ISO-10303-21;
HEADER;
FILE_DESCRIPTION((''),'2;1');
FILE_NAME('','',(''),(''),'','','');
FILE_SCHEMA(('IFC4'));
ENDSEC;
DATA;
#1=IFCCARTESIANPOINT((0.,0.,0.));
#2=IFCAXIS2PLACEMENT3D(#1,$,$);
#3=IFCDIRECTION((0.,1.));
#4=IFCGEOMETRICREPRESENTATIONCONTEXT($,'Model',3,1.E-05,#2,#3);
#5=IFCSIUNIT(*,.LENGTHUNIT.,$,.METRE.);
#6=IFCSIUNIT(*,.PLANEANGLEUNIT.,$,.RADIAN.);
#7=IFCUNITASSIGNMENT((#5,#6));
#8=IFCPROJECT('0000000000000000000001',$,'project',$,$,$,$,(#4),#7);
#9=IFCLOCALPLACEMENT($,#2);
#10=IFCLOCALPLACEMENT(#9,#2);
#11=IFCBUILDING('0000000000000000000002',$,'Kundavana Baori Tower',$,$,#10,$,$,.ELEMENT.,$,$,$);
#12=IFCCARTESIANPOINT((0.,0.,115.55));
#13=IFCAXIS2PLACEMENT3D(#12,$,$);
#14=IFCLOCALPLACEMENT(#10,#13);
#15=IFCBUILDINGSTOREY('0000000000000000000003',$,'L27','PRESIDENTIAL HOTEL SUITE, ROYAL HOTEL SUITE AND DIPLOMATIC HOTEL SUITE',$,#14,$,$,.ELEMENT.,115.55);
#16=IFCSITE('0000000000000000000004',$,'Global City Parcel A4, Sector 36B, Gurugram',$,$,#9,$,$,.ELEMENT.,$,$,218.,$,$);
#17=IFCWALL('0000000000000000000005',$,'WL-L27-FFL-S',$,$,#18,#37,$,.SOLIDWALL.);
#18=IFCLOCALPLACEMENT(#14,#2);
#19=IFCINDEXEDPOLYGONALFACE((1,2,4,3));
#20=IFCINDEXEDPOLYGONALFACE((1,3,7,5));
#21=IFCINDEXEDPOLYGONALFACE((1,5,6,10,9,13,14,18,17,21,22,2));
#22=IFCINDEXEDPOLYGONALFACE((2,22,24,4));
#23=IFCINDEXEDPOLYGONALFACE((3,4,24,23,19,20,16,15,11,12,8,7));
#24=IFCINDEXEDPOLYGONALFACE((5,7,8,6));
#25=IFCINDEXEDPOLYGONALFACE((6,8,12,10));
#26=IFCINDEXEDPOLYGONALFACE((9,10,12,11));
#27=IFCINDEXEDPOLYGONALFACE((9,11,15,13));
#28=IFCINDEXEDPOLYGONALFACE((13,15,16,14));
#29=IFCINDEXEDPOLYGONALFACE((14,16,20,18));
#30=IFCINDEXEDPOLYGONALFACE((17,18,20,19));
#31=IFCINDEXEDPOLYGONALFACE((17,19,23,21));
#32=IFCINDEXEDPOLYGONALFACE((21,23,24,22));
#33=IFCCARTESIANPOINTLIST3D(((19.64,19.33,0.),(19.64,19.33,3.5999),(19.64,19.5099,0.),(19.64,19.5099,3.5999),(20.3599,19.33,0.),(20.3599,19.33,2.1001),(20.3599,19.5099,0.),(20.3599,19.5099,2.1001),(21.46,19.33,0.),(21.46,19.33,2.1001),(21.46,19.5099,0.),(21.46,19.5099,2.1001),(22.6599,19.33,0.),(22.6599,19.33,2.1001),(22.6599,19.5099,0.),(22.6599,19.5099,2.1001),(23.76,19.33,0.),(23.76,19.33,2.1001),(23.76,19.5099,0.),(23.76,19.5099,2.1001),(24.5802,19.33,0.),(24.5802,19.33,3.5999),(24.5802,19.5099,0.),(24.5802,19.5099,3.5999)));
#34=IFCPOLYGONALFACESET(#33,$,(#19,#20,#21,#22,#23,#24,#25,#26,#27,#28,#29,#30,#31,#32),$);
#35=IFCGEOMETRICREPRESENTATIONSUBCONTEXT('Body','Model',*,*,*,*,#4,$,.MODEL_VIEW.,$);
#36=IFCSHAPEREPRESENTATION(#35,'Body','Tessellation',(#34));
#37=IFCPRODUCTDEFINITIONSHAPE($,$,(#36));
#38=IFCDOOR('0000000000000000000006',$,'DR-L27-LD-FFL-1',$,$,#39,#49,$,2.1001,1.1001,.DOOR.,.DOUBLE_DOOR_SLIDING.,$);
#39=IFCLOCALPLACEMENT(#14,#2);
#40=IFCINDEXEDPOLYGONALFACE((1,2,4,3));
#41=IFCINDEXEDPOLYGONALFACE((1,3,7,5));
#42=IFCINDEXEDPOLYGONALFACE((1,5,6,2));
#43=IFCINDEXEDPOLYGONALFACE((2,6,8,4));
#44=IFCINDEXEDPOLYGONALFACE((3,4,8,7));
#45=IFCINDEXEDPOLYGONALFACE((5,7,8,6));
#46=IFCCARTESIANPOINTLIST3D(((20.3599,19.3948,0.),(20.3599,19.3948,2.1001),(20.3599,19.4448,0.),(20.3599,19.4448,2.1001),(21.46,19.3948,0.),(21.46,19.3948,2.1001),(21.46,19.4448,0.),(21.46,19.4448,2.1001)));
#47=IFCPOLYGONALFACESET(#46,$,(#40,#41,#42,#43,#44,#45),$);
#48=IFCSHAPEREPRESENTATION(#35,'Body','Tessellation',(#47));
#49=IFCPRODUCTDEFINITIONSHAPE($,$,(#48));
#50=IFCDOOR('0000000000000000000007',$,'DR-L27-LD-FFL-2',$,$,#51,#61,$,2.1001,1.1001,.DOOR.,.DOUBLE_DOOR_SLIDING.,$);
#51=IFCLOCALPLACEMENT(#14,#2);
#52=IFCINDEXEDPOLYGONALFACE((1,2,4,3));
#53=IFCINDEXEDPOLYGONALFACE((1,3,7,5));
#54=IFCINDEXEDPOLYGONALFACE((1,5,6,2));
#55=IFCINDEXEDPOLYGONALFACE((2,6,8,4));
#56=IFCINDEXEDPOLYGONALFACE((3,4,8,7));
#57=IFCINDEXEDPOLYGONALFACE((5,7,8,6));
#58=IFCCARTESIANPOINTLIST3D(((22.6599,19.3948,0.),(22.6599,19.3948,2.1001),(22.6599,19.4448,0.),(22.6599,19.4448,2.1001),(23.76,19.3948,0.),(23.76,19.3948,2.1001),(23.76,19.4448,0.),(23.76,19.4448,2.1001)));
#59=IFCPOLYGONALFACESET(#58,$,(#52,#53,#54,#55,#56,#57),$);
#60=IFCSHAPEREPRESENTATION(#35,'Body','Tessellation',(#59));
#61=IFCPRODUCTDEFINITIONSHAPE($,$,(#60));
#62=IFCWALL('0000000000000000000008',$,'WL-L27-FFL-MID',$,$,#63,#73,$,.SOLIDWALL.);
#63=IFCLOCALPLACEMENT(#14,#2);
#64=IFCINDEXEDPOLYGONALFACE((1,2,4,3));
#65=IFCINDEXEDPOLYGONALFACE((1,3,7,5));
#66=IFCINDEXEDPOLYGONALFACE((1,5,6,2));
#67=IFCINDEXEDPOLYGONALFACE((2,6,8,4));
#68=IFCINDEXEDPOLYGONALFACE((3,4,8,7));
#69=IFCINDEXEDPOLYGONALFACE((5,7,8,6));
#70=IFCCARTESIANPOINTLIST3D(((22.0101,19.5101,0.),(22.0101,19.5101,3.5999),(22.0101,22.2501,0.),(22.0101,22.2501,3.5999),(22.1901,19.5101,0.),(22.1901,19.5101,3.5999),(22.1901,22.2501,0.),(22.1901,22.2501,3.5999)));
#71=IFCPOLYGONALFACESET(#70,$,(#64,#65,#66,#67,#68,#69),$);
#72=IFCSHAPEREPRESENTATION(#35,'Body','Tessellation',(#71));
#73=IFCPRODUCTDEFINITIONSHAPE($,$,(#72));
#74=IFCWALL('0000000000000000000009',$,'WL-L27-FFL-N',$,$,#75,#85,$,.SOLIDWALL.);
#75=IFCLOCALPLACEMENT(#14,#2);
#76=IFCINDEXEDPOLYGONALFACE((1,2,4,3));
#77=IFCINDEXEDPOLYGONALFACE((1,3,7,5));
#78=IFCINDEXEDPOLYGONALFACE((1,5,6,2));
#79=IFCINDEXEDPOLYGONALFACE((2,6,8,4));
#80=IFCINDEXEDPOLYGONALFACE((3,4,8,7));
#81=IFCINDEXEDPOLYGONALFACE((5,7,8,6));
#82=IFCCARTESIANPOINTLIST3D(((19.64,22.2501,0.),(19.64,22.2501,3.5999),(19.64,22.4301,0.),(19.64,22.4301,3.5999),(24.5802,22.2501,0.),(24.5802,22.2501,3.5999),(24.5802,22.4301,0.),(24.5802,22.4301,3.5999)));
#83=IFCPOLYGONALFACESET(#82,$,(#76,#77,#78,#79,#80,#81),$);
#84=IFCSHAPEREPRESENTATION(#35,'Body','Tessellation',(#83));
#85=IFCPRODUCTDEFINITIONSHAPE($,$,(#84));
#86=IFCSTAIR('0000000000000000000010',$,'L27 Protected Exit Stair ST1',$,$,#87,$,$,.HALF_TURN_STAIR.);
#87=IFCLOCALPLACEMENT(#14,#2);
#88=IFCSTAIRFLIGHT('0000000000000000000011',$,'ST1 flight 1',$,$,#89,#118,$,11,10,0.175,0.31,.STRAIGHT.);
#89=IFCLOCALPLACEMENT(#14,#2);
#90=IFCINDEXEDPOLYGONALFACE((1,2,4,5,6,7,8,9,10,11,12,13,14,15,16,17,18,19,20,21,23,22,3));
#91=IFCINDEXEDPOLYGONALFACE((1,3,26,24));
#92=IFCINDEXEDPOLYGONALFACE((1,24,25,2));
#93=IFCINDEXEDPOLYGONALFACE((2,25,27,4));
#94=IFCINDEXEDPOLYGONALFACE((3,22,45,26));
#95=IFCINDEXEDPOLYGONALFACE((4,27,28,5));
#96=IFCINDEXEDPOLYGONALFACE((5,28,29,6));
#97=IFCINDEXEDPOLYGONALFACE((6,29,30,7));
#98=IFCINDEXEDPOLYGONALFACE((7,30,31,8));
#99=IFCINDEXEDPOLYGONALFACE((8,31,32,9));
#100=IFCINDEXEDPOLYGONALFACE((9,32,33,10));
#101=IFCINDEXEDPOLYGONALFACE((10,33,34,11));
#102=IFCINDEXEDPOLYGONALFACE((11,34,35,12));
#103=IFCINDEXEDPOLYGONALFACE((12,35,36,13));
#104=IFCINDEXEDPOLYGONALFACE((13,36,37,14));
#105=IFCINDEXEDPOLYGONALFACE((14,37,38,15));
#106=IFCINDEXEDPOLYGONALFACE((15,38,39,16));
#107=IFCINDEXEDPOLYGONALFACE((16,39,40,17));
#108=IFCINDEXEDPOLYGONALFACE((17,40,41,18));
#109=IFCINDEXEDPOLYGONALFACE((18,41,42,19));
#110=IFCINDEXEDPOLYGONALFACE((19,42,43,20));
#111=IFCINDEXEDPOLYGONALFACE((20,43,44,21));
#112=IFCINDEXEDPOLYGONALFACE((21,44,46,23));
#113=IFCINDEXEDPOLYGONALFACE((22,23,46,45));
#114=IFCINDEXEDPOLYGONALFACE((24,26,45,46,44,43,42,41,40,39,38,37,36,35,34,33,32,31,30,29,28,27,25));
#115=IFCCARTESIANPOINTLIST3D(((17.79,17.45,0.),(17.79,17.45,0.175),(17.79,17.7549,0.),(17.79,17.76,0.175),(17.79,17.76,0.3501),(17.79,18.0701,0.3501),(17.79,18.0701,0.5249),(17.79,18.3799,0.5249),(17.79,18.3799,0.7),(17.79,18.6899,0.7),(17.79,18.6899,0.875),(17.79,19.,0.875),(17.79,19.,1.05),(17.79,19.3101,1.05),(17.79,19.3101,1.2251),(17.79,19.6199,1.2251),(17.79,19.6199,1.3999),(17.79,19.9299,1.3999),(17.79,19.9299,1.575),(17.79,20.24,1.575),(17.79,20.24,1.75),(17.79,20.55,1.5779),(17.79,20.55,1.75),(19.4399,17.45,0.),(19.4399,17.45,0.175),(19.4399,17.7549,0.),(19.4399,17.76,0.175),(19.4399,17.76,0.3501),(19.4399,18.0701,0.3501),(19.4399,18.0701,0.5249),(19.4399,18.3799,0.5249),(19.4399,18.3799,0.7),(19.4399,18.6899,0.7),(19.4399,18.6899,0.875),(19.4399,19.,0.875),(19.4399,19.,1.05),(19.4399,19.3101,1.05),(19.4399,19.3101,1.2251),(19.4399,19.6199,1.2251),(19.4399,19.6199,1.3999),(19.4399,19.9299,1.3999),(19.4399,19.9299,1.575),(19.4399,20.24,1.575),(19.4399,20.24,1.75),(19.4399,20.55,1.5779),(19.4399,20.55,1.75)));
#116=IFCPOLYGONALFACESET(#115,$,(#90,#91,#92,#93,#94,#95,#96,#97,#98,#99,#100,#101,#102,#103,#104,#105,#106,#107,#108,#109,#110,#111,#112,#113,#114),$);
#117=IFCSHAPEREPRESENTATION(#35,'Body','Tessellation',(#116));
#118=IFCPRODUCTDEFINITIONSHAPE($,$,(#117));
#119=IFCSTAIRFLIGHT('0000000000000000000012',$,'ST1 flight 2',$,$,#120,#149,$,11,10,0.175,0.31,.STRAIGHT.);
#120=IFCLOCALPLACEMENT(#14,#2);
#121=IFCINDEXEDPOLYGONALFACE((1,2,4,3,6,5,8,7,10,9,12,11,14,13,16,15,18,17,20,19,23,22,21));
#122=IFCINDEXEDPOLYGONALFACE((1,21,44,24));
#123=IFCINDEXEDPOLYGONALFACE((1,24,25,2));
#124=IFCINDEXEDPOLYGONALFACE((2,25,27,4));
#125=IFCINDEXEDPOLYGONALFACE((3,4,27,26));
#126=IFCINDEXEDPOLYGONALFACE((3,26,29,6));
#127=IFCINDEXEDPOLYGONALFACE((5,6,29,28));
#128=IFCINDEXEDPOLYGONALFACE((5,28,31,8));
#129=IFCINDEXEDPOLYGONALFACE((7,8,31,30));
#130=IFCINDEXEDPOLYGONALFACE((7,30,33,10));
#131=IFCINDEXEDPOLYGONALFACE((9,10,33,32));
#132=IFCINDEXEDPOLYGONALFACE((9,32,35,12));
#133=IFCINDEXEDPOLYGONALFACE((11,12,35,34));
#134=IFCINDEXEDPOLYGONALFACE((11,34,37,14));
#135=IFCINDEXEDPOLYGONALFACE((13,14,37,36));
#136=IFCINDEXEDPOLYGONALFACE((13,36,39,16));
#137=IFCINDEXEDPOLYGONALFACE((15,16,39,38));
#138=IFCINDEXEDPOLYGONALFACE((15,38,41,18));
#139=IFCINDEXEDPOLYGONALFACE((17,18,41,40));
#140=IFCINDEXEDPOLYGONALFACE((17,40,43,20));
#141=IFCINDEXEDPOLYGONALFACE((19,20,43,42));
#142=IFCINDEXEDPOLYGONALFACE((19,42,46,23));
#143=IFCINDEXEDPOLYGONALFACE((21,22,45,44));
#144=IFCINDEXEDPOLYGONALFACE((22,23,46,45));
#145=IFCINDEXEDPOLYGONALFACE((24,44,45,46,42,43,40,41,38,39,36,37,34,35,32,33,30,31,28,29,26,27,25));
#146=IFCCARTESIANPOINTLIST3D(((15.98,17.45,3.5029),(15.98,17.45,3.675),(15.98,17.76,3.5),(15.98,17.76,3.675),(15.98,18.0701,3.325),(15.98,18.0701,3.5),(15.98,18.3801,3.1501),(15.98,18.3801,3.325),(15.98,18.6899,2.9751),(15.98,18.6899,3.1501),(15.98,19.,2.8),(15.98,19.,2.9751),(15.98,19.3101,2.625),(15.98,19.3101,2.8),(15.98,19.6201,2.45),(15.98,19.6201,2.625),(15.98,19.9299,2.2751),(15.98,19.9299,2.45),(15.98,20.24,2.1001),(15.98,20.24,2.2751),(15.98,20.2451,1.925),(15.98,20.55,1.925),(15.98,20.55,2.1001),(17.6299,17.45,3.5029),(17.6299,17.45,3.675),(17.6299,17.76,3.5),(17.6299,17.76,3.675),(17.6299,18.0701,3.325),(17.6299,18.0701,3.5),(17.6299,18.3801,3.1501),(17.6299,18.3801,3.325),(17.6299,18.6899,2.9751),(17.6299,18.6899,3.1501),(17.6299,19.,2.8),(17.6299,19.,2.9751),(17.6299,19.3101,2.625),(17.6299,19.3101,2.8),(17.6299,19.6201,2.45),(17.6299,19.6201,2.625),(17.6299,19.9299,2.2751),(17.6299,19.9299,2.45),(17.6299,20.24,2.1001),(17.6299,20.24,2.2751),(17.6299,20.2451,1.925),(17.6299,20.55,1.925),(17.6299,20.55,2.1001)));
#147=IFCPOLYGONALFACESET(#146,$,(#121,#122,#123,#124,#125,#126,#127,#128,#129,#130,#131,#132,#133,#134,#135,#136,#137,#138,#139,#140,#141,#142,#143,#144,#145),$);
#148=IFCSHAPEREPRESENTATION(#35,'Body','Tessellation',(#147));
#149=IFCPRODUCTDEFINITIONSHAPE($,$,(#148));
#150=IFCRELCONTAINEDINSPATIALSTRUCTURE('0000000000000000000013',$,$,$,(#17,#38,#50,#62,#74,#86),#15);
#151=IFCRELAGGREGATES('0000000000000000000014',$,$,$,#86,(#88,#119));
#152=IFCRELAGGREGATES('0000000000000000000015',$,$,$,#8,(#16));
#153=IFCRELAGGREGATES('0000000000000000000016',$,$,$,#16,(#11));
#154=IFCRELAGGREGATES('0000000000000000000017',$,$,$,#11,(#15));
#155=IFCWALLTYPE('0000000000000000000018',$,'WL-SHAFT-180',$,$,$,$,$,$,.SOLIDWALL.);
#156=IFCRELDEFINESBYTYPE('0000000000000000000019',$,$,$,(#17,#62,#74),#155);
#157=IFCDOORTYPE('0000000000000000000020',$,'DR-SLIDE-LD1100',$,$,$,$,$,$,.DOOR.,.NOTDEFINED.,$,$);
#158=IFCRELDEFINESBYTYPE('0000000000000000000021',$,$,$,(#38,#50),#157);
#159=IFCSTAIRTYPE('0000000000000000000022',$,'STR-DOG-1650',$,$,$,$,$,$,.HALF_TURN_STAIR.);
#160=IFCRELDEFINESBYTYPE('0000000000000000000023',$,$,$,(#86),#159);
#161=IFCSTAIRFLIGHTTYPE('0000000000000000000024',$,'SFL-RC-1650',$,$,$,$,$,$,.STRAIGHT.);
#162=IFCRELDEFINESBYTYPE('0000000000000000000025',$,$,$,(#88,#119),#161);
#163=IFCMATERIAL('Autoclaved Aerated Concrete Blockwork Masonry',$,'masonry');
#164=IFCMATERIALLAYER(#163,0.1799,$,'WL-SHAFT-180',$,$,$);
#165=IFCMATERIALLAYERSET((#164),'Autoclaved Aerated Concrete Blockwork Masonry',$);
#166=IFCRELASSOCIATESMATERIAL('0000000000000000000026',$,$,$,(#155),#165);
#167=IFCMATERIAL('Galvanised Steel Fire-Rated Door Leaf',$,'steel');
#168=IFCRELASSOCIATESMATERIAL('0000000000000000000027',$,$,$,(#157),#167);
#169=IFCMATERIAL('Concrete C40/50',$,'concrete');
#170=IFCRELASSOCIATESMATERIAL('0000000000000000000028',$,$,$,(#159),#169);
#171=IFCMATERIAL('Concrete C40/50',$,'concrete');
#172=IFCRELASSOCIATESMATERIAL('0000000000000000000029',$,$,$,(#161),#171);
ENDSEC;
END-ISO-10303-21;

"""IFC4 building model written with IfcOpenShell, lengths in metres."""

from ifc_helpers import new_model, si_unit, direction, frame, frame_2d, origin, place, context, subcontext, project, spatial, polyline, rectangle, outline, extrude, material, layer, layer_set, type_object, element, fill, aggregate, save


model = new_model("IFC4")

# Units and contexts
model_context = context("Model", 3, precision=1e-05, world=origin(), true_north=direction((0.0, 1.0)))
body_context = subcontext(model_context, "Body", "Model", "MODEL_VIEW")
ifc_project = project(units=[si_unit("LENGTHUNIT", "METRE"), si_unit("PLANEANGLEUNIT", "RADIAN")], contexts=[model_context])

# Site, building, storey
site_placement = place(None, origin())
site = spatial("IfcSite", under=ifc_project, at=site_placement, Name="Global City Parcel A4, Sector 36B, Gurugram", CompositionType="ELEMENT", RefElevation=218.0)
building_placement = place(site_placement, origin())
building = spatial("IfcBuilding", under=site, at=building_placement, Name="Kundavana Baori Tower", CompositionType="ELEMENT")
storey_placement = place(building_placement, frame((0.0, 0.0, 115.55)))
storey = spatial("IfcBuildingStorey", under=building, at=storey_placement, Name="L27", Description="PRESIDENTIAL HOTEL SUITE, ROYAL HOTEL SUITE AND DIPLOMATIC HOTEL SUITE", CompositionType="ELEMENT", Elevation=115.55)

# Wall, openings, doors
ifc_material_1 = material(Name="Autoclaved Aerated Concrete Blockwork Masonry", Category="masonry")
ifc_layer_1 = layer(ifc_material_1, 0.1799, Name="WL-SHAFT-180")
ifc_layer_set_1 = layer_set([ifc_layer_1], Name="Autoclaved Aerated Concrete Blockwork Masonry")
wall_type_1 = type_object("IfcWallType", Name="WL-SHAFT-180", PredefinedType="SOLIDWALL", material=ifc_layer_set_1)
wall_1_placement = place(storey_placement, frame((19.6399, 19.4199, 0.0), z_axis=(0.0, 0.0, 1.0), x_axis=(1.0, 0.0, 0.0)))
wall_1 = element("IfcWall", 1, at=wall_1_placement, inside=storey, type_object=wall_type_1, Name="WL-L27-FFL-S", PredefinedType="SOLIDWALL", context=body_context, shape_type="SweptSolid", body=[
    extrude(rectangle(XDim=4.9402, YDim=0.1799, at=frame_2d((2.4702, 0.0))), origin(), (0.0, 0.0, 1.0), 3.5999),
])
opening_1_placement = place(wall_1_placement, frame((0.72, 0.0, 0.0)))
opening_1 = element("IfcOpeningElement", 2, at=opening_1_placement, cuts=wall_1, PredefinedType="OPENING", context=body_context, shape_type="SweptSolid", body=[
    extrude(rectangle(XDim=1.1001, YDim=2.1001, at=frame_2d((0.55, 1.05))), frame((0.0, 0.1001, 0.0), z_axis=(0.0, -1.0, 0.0), x_axis=(1.0, 0.0, 0.0)), (0.0, 0.0, 1.0), 0.2),
])
opening_2_placement = place(wall_1_placement, frame((3.02, 0.0, 0.0)))
opening_2 = element("IfcOpeningElement", 3, at=opening_2_placement, cuts=wall_1, PredefinedType="OPENING", context=body_context, shape_type="SweptSolid", body=[
    extrude(rectangle(XDim=1.1001, YDim=2.1001, at=frame_2d((0.55, 1.05))), frame((0.0, 0.1001, 0.0), z_axis=(0.0, -1.0, 0.0), x_axis=(1.0, 0.0, 0.0)), (0.0, 0.0, 1.0), 0.2),
])
ifc_material_2 = material(Name="Galvanised Steel Fire-Rated Door Leaf", Category="steel")
door_type = type_object("IfcDoorType", Name="DR-SLIDE-LD1100", OperationType="NOTDEFINED", PredefinedType="DOOR", material=ifc_material_2)
door_1_placement = place(opening_1_placement, origin())
door_1 = element("IfcDoor", 4, at=door_1_placement, inside=storey, type_object=door_type, Name="DR-L27-LD-FFL-1", OperationType="DOUBLE_DOOR_SLIDING", OverallHeight=2.1001, OverallWidth=1.1001, PredefinedType="DOOR", context=body_context, shape_type="SweptSolid", body=[
    extrude(rectangle(XDim=1.1001, YDim=2.1001, at=frame_2d((0.55, 1.05))), frame((0.0, 0.0249, 0.0), z_axis=(0.0, -1.0, 0.0), x_axis=(1.0, 0.0, 0.0)), (0.0, 0.0, 1.0), 0.05),
])
fill(opening_1, door_1)
door_2_placement = place(opening_2_placement, origin())
door_2 = element("IfcDoor", 5, at=door_2_placement, inside=storey, type_object=door_type, Name="DR-L27-LD-FFL-2", OperationType="DOUBLE_DOOR_SLIDING", OverallHeight=2.1001, OverallWidth=1.1001, PredefinedType="DOOR", context=body_context, shape_type="SweptSolid", body=[
    extrude(rectangle(XDim=1.1001, YDim=2.1001, at=frame_2d((0.55, 1.05))), frame((0.0, 0.0249, 0.0), z_axis=(0.0, -1.0, 0.0), x_axis=(1.0, 0.0, 0.0)), (0.0, 0.0, 1.0), 0.05),
])
fill(opening_2, door_2)

# Walls
wall_2_placement = place(storey_placement, frame((22.1001, 19.51, 0.0), z_axis=(0.0, 0.0, 1.0), x_axis=(0.0, 1.0, 0.0)))
element("IfcWall", 6, at=wall_2_placement, inside=storey, type_object=wall_type_1, Name="WL-L27-FFL-MID", PredefinedType="SOLIDWALL", context=body_context, shape_type="SweptSolid", body=[
    extrude(rectangle(XDim=2.74, YDim=0.1799, at=frame_2d((1.3701, 0.0))), origin(), (0.0, 0.0, 1.0), 3.5999),
])
wall_3_placement = place(storey_placement, frame((19.6399, 22.3401, 0.0), z_axis=(0.0, 0.0, 1.0), x_axis=(1.0, 0.0, 0.0)))
element("IfcWall", 7, at=wall_3_placement, inside=storey, type_object=wall_type_1, Name="WL-L27-FFL-N", PredefinedType="SOLIDWALL", context=body_context, shape_type="SweptSolid", body=[
    extrude(rectangle(XDim=4.9402, YDim=0.1799, at=frame_2d((2.4702, 0.0))), origin(), (0.0, 0.0, 1.0), 3.5999),
])

# Stair, stair flights
ifc_material_3 = material(Name="Concrete C40/50", Category="concrete")
stair_type = type_object("IfcStairType", Name="STR-DOG-1650", PredefinedType="HALF_TURN_STAIR", material=ifc_material_3)
stair_placement = place(storey_placement, origin())
stair = element("IfcStair", 8, at=stair_placement, inside=storey, type_object=stair_type, Name="L27 Protected Exit Stair ST1", PredefinedType="HALF_TURN_STAIR")
ifc_material_4 = material(Name="Concrete C40/50", Category="concrete")
stair_flight_type = type_object("IfcStairFlightType", Name="SFL-RC-1650", PredefinedType="STRAIGHT", material=ifc_material_4)
stair_flight_1_placement = place(storey_placement, frame((18.615, 17.45, 0.0), z_axis=(0.0, 0.0, 1.0), x_axis=(0.0, 1.0, 0.0)))
stair_flight_1 = element("IfcStairFlight", 9, at=stair_flight_1_placement, type_object=stair_flight_type, Name="ST1 flight 1", NumberOfRisers=11, NumberOfTreads=10, PredefinedType="STRAIGHT", RiserHeight=0.175, TreadLength=0.31, context=body_context, shape_type="SweptSolid", body=[
    extrude(outline(polyline([(0.0, 0.0), (0.0, 0.175), (0.3101, 0.175), (0.3101, 0.3501), (0.6201, 0.3501), (0.6201, 0.5249), (0.9299, 0.5249), (0.9299, 0.7), (1.24, 0.7), (1.24, 0.875), (1.55, 0.875), (1.55, 1.05), (1.8601, 1.05), (1.8601, 1.2251), (2.1699, 1.2251), (2.1699, 1.3999), (2.48, 1.3999), (2.48, 1.575), (2.79, 1.575), (2.79, 1.75), (3.1001, 1.75), (3.1001, 1.925), (3.1001, 1.5779), (0.3049, 0.0), (0.0, 0.0)])), frame((0.0, 0.825, 0.0), z_axis=(0.0, -1.0, 0.0), x_axis=(1.0, 0.0, 0.0)), (0.0, 0.0, 1.0), 1.6499),
])
stair_flight_2_placement = place(storey_placement, frame((16.8049, 20.55, 1.925), z_axis=(0.0, 0.0, 1.0), x_axis=(0.0, -1.0, 0.0)))
stair_flight_2 = element("IfcStairFlight", 10, at=stair_flight_2_placement, type_object=stair_flight_type, Name="ST1 flight 2", NumberOfRisers=11, NumberOfTreads=10, PredefinedType="STRAIGHT", RiserHeight=0.175, TreadLength=0.31, context=body_context, shape_type="SweptSolid", body=[
    extrude(outline(polyline([(0.0, 0.0), (0.0, 0.175), (0.3101, 0.175), (0.3101, 0.3501), (0.6201, 0.3501), (0.6201, 0.5249), (0.9299, 0.5249), (0.9299, 0.7), (1.24, 0.7), (1.24, 0.875), (1.55, 0.875), (1.55, 1.05), (1.8601, 1.05), (1.8601, 1.2251), (2.1699, 1.2251), (2.1699, 1.3999), (2.48, 1.3999), (2.48, 1.575), (2.79, 1.575), (2.79, 1.75), (3.1001, 1.75), (3.1001, 1.925), (3.1001, 1.5779), (0.3049, 0.0), (0.0, 0.0)])), frame((0.0, 0.825, 0.0), z_axis=(0.0, -1.0, 0.0), x_axis=(1.0, 0.0, 0.0)), (0.0, 0.0, 1.0), 1.6499),
])
aggregate(stair, [stair_flight_1, stair_flight_2])

save(model, "model.ifc")
